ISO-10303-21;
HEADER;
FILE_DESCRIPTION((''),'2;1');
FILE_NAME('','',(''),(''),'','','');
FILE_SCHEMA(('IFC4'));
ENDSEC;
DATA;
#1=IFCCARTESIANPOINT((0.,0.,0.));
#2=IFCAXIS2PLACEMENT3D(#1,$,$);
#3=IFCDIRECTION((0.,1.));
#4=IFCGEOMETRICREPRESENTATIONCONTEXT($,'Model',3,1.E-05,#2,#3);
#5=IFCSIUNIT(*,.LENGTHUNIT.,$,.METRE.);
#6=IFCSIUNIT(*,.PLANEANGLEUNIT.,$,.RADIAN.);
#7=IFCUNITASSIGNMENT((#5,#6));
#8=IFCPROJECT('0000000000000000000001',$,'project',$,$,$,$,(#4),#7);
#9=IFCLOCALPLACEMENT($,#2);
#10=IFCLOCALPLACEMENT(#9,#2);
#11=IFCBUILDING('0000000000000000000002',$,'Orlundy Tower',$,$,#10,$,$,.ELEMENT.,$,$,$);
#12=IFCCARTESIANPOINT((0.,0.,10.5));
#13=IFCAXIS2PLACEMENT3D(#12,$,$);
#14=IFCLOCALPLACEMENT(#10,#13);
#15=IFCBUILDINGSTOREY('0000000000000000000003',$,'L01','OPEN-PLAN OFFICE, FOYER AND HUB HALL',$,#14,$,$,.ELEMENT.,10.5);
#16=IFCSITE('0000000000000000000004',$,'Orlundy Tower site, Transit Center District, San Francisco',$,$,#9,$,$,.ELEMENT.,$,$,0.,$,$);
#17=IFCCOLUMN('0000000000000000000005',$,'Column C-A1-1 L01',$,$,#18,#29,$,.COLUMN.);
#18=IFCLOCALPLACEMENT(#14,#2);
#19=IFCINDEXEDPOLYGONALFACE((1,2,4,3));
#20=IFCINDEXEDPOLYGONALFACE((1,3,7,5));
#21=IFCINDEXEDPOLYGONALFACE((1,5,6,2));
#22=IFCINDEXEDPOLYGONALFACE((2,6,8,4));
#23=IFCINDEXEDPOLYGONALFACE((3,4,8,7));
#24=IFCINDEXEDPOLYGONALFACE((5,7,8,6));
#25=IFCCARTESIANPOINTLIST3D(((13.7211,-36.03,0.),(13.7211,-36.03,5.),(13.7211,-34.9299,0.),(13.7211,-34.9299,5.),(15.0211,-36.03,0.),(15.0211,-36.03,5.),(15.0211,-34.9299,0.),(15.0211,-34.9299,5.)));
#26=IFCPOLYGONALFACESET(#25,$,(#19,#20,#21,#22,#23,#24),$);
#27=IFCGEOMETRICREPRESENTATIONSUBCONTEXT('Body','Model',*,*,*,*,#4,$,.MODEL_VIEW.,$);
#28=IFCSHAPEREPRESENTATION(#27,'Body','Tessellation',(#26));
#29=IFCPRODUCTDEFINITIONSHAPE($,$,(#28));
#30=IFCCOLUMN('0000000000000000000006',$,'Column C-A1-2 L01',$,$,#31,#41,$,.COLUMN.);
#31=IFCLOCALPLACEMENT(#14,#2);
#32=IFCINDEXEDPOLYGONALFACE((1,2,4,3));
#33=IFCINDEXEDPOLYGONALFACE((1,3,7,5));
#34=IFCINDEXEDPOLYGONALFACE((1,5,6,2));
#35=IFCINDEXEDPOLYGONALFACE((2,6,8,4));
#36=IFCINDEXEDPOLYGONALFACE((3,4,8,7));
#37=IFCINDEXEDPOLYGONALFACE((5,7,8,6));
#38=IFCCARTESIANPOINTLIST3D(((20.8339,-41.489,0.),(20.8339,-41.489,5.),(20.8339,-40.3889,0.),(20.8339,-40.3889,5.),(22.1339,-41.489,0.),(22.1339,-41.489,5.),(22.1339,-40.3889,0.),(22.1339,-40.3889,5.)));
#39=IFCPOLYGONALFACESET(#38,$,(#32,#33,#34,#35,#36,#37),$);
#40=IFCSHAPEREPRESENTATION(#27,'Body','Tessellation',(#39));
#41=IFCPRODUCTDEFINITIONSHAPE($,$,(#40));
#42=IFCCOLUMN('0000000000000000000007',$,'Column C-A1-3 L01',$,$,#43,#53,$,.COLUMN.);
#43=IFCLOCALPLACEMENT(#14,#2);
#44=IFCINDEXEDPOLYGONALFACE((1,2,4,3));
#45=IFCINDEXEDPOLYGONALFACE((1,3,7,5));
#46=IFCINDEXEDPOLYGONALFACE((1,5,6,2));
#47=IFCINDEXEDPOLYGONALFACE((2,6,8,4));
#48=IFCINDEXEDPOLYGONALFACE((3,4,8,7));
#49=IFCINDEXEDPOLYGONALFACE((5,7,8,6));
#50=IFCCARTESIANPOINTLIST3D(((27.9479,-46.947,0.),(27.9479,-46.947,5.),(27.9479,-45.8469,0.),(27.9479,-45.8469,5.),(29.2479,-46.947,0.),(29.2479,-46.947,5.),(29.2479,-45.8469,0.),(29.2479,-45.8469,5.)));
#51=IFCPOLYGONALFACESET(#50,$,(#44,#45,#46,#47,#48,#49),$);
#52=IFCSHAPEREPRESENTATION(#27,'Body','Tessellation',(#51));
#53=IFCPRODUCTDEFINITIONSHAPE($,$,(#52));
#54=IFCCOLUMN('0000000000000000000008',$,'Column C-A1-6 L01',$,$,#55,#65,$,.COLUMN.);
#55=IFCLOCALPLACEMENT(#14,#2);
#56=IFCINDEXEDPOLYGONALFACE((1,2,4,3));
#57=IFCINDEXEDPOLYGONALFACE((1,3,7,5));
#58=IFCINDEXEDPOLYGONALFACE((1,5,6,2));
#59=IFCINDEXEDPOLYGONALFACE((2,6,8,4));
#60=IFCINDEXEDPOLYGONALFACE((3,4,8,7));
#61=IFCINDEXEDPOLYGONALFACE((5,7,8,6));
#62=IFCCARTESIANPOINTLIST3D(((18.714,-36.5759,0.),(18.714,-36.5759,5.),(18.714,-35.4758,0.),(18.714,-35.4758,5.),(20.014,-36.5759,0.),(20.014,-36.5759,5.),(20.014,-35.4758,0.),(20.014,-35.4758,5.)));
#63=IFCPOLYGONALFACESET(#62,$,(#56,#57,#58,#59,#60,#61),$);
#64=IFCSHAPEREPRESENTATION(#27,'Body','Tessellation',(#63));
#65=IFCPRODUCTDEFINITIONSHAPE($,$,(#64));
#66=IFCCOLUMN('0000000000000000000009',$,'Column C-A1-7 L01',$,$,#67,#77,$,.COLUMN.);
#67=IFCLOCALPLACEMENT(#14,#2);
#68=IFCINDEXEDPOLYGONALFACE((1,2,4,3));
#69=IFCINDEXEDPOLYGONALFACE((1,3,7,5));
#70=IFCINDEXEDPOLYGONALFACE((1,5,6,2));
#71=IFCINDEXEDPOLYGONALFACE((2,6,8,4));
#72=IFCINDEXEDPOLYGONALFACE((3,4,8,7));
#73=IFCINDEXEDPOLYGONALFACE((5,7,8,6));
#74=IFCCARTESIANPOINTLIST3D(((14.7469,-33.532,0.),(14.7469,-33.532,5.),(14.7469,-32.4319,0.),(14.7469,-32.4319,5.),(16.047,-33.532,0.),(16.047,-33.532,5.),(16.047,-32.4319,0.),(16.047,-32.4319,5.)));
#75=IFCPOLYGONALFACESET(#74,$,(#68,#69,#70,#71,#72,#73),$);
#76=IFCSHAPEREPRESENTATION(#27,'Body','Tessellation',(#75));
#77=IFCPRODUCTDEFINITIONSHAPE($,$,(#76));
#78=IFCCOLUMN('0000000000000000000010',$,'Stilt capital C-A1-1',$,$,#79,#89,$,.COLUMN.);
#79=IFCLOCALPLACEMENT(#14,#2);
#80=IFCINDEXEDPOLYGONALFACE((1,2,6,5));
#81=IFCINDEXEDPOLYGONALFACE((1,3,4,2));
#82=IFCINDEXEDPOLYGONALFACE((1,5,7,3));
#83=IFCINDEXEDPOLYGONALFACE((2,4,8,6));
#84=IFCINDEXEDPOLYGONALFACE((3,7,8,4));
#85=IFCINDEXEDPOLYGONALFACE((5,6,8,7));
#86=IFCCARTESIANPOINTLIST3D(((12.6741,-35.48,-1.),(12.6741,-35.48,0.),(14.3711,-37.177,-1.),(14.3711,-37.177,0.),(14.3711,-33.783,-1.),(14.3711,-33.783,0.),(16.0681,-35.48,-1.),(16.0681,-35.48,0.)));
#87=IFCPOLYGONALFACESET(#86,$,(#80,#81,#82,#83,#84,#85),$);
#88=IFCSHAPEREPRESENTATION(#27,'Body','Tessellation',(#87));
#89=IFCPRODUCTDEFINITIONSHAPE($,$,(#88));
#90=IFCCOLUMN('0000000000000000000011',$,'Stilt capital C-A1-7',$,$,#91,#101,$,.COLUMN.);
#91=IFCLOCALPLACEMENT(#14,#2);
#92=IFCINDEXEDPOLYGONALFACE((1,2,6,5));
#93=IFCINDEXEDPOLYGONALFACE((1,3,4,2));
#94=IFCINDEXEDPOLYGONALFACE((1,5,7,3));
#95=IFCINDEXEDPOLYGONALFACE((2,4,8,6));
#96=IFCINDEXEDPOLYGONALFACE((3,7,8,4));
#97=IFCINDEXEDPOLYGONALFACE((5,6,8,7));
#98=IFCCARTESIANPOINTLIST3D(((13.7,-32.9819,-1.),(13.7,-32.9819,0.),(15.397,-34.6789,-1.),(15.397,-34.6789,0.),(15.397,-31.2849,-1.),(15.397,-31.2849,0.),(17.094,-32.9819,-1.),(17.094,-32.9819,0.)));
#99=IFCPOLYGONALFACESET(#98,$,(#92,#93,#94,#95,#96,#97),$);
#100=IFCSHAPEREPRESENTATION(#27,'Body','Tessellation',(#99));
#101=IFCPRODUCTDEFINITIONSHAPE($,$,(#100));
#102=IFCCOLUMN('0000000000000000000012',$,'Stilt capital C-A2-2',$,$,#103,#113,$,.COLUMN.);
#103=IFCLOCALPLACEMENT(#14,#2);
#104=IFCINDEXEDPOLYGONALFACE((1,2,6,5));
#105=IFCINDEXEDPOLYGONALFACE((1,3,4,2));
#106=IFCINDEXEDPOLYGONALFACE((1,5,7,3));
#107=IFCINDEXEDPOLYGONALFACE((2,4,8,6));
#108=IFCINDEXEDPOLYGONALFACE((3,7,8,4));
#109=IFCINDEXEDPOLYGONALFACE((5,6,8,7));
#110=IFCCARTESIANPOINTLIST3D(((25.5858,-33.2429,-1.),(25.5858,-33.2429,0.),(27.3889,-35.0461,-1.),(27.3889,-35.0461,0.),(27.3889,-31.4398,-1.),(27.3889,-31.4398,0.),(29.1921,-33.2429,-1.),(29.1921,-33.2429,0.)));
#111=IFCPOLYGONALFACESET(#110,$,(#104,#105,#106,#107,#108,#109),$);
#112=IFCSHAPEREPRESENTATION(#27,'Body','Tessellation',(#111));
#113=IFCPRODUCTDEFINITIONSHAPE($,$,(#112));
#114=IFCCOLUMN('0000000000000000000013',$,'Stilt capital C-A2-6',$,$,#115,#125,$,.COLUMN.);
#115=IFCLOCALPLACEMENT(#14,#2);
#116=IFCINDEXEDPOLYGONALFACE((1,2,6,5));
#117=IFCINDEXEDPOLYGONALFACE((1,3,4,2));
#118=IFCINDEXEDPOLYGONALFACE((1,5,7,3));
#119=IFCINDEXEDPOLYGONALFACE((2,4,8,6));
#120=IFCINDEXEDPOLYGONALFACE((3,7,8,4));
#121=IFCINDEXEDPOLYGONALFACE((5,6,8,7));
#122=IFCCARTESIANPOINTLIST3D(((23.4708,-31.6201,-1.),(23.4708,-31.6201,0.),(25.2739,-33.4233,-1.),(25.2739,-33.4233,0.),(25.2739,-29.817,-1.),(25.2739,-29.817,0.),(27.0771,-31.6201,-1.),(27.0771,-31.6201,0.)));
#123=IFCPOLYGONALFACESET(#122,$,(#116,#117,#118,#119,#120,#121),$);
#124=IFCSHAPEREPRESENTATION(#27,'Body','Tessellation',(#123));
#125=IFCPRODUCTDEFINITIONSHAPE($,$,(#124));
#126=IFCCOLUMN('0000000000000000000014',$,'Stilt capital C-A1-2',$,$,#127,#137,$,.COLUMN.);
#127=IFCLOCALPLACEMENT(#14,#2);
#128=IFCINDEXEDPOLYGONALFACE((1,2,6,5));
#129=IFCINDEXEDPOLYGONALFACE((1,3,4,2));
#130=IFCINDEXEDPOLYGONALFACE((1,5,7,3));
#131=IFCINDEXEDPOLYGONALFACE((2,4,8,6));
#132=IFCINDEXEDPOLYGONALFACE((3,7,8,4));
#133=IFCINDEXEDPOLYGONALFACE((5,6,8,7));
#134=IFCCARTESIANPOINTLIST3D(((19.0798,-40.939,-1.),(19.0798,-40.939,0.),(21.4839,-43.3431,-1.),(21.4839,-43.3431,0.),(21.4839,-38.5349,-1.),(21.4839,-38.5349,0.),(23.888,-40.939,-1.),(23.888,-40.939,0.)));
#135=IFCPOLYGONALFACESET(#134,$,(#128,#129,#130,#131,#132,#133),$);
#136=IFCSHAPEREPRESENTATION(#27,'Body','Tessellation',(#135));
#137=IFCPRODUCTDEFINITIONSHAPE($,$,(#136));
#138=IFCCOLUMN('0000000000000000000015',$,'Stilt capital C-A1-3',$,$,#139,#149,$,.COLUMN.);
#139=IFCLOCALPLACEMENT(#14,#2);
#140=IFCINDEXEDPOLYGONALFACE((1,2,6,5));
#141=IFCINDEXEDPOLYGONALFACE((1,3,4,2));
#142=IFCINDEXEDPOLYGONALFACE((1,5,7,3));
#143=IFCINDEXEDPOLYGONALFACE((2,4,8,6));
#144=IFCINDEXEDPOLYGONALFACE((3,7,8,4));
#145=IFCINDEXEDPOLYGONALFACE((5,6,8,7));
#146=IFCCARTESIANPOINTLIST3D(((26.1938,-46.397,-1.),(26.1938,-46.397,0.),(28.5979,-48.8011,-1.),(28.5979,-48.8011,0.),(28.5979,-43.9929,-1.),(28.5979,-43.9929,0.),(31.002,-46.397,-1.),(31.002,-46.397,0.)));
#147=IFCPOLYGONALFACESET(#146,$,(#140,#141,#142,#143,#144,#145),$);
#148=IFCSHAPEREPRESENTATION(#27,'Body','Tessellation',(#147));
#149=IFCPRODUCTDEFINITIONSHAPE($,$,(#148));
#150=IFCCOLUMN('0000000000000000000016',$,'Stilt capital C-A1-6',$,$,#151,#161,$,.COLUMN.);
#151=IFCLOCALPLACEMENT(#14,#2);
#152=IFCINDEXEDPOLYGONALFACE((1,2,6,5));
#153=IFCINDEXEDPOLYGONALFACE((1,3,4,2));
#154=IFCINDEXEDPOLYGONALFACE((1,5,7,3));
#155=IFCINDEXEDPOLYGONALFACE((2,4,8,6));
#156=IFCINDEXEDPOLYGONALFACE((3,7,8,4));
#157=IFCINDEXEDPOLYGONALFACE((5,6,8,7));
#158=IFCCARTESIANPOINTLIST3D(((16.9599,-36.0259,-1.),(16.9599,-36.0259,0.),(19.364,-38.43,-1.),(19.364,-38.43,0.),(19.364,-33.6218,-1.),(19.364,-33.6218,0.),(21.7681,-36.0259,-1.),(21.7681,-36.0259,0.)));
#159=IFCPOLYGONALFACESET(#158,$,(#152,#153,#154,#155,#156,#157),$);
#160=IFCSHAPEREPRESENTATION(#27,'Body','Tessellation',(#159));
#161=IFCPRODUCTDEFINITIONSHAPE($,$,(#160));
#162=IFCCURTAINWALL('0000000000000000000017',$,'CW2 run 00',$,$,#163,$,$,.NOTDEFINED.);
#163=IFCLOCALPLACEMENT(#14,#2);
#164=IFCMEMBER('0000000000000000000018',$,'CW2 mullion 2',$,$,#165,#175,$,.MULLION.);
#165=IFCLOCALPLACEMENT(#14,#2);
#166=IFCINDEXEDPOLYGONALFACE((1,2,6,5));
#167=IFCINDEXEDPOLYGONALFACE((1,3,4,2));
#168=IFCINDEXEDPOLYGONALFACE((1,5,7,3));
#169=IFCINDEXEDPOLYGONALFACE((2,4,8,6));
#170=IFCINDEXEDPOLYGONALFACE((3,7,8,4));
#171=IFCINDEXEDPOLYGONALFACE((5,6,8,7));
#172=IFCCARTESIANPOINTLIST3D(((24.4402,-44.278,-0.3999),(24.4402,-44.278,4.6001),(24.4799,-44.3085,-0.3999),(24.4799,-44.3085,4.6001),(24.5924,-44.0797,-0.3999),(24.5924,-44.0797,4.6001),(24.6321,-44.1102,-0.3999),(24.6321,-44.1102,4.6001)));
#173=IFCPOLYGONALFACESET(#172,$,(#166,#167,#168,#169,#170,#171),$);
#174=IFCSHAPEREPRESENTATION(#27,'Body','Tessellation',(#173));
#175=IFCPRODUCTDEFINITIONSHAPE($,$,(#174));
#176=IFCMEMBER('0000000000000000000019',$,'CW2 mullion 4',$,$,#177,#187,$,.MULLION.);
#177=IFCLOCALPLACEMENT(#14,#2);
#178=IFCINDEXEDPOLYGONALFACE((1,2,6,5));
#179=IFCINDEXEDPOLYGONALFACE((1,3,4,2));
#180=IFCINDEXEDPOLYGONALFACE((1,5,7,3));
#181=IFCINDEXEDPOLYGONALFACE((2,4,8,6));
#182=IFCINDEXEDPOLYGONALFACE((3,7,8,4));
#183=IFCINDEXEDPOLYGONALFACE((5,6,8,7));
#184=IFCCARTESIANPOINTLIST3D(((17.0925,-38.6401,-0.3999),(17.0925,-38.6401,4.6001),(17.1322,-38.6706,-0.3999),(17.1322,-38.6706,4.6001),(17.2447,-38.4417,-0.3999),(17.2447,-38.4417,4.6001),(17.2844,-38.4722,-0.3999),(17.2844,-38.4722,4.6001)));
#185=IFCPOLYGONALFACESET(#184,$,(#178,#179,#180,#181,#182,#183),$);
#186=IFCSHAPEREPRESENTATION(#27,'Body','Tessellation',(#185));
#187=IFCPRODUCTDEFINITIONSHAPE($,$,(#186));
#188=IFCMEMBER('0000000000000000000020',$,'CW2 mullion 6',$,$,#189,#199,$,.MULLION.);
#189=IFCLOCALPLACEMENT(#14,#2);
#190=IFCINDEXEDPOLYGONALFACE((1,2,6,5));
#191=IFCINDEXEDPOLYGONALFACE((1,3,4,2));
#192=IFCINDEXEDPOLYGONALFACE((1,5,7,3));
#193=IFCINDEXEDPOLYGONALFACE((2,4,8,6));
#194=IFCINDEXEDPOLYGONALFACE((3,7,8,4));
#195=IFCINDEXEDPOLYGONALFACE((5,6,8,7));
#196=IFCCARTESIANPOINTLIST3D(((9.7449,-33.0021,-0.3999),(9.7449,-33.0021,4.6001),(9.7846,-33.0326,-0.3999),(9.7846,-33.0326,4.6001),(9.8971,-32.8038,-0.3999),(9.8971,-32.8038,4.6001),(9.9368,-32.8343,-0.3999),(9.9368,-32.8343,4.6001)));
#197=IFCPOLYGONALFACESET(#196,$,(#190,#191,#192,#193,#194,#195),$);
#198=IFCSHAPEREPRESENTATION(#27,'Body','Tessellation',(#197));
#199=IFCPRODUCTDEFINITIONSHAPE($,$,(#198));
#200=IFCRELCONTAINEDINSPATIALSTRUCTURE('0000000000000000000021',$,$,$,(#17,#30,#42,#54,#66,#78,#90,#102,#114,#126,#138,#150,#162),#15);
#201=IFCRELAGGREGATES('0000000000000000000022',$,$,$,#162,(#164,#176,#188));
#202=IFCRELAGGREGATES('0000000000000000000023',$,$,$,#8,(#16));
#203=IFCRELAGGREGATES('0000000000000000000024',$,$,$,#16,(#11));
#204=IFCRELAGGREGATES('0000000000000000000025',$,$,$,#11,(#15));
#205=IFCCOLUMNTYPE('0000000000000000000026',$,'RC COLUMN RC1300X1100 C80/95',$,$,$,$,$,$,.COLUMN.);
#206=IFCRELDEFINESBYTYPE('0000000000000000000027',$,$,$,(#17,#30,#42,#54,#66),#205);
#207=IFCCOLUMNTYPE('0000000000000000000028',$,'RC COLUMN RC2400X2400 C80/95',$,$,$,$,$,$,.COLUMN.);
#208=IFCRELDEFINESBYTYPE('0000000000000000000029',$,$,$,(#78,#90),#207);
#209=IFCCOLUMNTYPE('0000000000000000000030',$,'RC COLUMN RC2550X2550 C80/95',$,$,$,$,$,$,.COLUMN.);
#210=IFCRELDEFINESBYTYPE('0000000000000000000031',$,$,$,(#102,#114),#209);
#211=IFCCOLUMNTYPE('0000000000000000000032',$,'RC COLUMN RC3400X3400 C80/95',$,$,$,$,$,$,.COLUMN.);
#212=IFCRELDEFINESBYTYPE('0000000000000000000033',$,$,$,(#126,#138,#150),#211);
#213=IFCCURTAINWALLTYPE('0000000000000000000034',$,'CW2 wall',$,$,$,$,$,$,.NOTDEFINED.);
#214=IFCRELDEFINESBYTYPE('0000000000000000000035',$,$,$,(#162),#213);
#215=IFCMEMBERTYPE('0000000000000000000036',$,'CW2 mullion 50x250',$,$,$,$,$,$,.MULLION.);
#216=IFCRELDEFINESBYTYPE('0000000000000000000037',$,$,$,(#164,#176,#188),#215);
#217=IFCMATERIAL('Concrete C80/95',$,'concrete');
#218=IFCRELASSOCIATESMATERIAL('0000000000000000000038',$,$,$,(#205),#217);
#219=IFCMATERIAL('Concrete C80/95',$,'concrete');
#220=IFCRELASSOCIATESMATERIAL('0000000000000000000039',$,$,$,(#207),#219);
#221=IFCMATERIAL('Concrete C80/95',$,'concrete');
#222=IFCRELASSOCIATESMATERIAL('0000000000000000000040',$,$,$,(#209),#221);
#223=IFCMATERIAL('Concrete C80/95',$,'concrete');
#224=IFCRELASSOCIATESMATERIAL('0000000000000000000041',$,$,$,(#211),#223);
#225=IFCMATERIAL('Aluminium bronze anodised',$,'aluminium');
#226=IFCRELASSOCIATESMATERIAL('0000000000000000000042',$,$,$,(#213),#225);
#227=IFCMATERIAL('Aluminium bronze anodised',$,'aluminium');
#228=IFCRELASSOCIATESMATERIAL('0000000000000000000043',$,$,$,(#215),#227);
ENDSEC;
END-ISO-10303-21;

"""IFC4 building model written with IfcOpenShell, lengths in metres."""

from ifc_helpers import new_model, si_unit, direction, frame, origin, origin_2d, place, context, subcontext, project, spatial, rectangle, extrude, material, material_profile, profile_set, type_object, element, aggregate, save


model = new_model("IFC4")

# Units and contexts
model_context = context("Model", 3, precision=1e-05, world=origin(), true_north=direction((0.0, 1.0)))
body_context = subcontext(model_context, "Body", "Model", "MODEL_VIEW")
ifc_project = project(units=[si_unit("LENGTHUNIT", "METRE"), si_unit("PLANEANGLEUNIT", "RADIAN")], contexts=[model_context])

# Site, building, storey
site_placement = place(None, origin())
site = spatial("IfcSite", under=ifc_project, at=site_placement, Name="Orlundy Tower site, Transit Center District, San Francisco", CompositionType="ELEMENT", RefElevation=0.0)
building_placement = place(site_placement, origin())
building = spatial("IfcBuilding", under=site, at=building_placement, Name="Orlundy Tower", CompositionType="ELEMENT")
storey_placement = place(building_placement, frame((0.0, 0.0, 10.5)))
storey = spatial("IfcBuildingStorey", under=building, at=storey_placement, Name="L01", Description="OPEN-PLAN OFFICE, FOYER AND HUB HALL", CompositionType="ELEMENT", Elevation=10.5)

# Columns
ifc_material_1 = material(Name="Concrete C80/95", Category="concrete")
ifc_material_profile_1 = material_profile(ifc_material_1, rectangle(XDim=1.3, YDim=1.1001, at=origin_2d()), Name="RC1300X1100")
ifc_profile_set_1 = profile_set([ifc_material_profile_1], Name="Concrete C80/95")
column_type_1 = type_object("IfcColumnType", Name="RC COLUMN RC1300X1100 C80/95", PredefinedType="COLUMN", material=ifc_profile_set_1)
for number, where, z_axis, x_axis, name in (
    (1, (14.3711, -35.48, 0.0), (0.0, 0.0, 1.0), (1.0, 0.0, 0.0), "Column C-A1-1 L01"),
    (2, (21.4839, -40.939, 0.0), (0.0, 0.0, 1.0), (1.0, 0.0, 0.0), "Column C-A1-2 L01"),
    (3, (28.5979, -46.397, 0.0), (0.0, 0.0, 1.0), (1.0, 0.0, 0.0), "Column C-A1-3 L01"),
    (4, (19.364, -36.0259, 0.0), (0.0, 0.0, 1.0), (1.0, 0.0, 0.0), "Column C-A1-6 L01"),
    (5, (15.397, -32.9819, 0.0), (0.0, 0.0, 1.0), (1.0, 0.0, 0.0), "Column C-A1-7 L01"),
):
    element("IfcColumn", number, at=place(storey_placement, frame(where, z_axis=z_axis, x_axis=x_axis)), inside=storey, type_object=column_type_1, Name=name, PredefinedType="COLUMN", context=body_context, shape_type="SweptSolid", body=[
        extrude(rectangle(XDim=1.3, YDim=1.1001, at=origin_2d()), origin(), (0.0, 0.0, 1.0), 5.0),
    ])
ifc_material_2 = material(Name="Concrete C80/95", Category="concrete")
ifc_material_profile_2 = material_profile(ifc_material_2, rectangle(XDim=2.3999, YDim=2.3999, at=origin_2d()), Name="RC2400X2400")
ifc_profile_set_2 = profile_set([ifc_material_profile_2], Name="Concrete C80/95")
column_type_2 = type_object("IfcColumnType", Name="RC COLUMN RC2400X2400 C80/95", PredefinedType="COLUMN", material=ifc_profile_set_2)
for number, where, z_axis, x_axis, name in (
    (6, (14.3711, -35.48, -1.0), (0.0, 0.0, 1.0), (0.707107, 0.707107, 0.0), "Stilt capital C-A1-1"),
    (7, (15.397, -32.9819, -1.0), (0.0, 0.0, 1.0), (0.707107, 0.707107, 0.0), "Stilt capital C-A1-7"),
):
    element("IfcColumn", number, at=place(storey_placement, frame(where, z_axis=z_axis, x_axis=x_axis)), inside=storey, type_object=column_type_2, Name=name, PredefinedType="COLUMN", context=body_context, shape_type="SweptSolid", body=[
        extrude(rectangle(XDim=2.3999, YDim=2.3999, at=origin_2d()), origin(), (0.0, 0.0, 1.0), 1.0),
    ])
ifc_material_3 = material(Name="Concrete C80/95", Category="concrete")
ifc_material_profile_3 = material_profile(ifc_material_3, rectangle(XDim=2.55, YDim=2.55, at=origin_2d()), Name="RC2550X2550")
ifc_profile_set_3 = profile_set([ifc_material_profile_3], Name="Concrete C80/95")
column_type_3 = type_object("IfcColumnType", Name="RC COLUMN RC2550X2550 C80/95", PredefinedType="COLUMN", material=ifc_profile_set_3)
for number, where, z_axis, x_axis, name in (
    (8, (27.3889, -33.2429, -1.0), (0.0, 0.0, 1.0), (0.707107, 0.707107, 0.0), "Stilt capital C-A2-2"),
    (9, (25.2739, -31.6201, -1.0), (0.0, 0.0, 1.0), (0.707107, 0.707107, 0.0), "Stilt capital C-A2-6"),
):
    element("IfcColumn", number, at=place(storey_placement, frame(where, z_axis=z_axis, x_axis=x_axis)), inside=storey, type_object=column_type_3, Name=name, PredefinedType="COLUMN", context=body_context, shape_type="SweptSolid", body=[
        extrude(rectangle(XDim=2.55, YDim=2.55, at=origin_2d()), origin(), (0.0, 0.0, 1.0), 1.0),
    ])
ifc_material_4 = material(Name="Concrete C80/95", Category="concrete")
ifc_material_profile_4 = material_profile(ifc_material_4, rectangle(XDim=3.3999, YDim=3.3999, at=origin_2d()), Name="RC3400X3400")
ifc_profile_set_4 = profile_set([ifc_material_profile_4], Name="Concrete C80/95")
column_type_4 = type_object("IfcColumnType", Name="RC COLUMN RC3400X3400 C80/95", PredefinedType="COLUMN", material=ifc_profile_set_4)
for number, where, z_axis, x_axis, name in (
    (10, (21.4839, -40.939, -1.0), (0.0, 0.0, 1.0), (0.707107, 0.707107, 0.0), "Stilt capital C-A1-2"),
    (11, (28.5979, -46.397, -1.0), (0.0, 0.0, 1.0), (0.707107, 0.707107, 0.0), "Stilt capital C-A1-3"),
    (12, (19.364, -36.0259, -1.0), (0.0, 0.0, 1.0), (0.707107, 0.707107, 0.0), "Stilt capital C-A1-6"),
):
    element("IfcColumn", number, at=place(storey_placement, frame(where, z_axis=z_axis, x_axis=x_axis)), inside=storey, type_object=column_type_4, Name=name, PredefinedType="COLUMN", context=body_context, shape_type="SweptSolid", body=[
        extrude(rectangle(XDim=3.3999, YDim=3.3999, at=origin_2d()), origin(), (0.0, 0.0, 1.0), 1.0),
    ])

# Curtain wall, members
ifc_material_5 = material(Name="Aluminium bronze anodised", Category="aluminium")
curtain_wall_type = type_object("IfcCurtainWallType", Name="CW2 wall", PredefinedType="NOTDEFINED", material=ifc_material_5)
curtain_wall_1_placement = place(storey_placement, origin())
curtain_wall_1 = element("IfcCurtainWall", 13, at=curtain_wall_1_placement, inside=storey, type_object=curtain_wall_type, Name="CW2 run 00", PredefinedType="NOTDEFINED")
ifc_material_6 = material(Name="Aluminium bronze anodised", Category="aluminium")
ifc_material_profile_5 = material_profile(ifc_material_6, rectangle(XDim=0.25, YDim=0.05, at=origin_2d()), Name="CW2 mullion 50x250")
ifc_profile_set_5 = profile_set([ifc_material_profile_5], Name="Aluminium bronze anodised")
member_type_1 = type_object("IfcMemberType", Name="CW2 mullion 50x250", PredefinedType="MULLION", material=ifc_profile_set_5)
member_1_placement = place(storey_placement, frame((24.5361, -44.1941, -0.3999), z_axis=(0.0, 0.0, 1.0), x_axis=(-0.608757, -0.793357, 0.0)))
member_1 = element("IfcMember", 14, at=member_1_placement, type_object=member_type_1, Name="CW2 mullion 2", PredefinedType="MULLION", context=body_context, shape_type="SweptSolid", body=[
    extrude(rectangle(XDim=0.25, YDim=0.05, at=origin_2d()), origin(), (0.0, 0.0, 1.0), 5.0),
])
member_2_placement = place(storey_placement, frame((17.1885, -38.5562, -0.3999), z_axis=(0.0, 0.0, 1.0), x_axis=(-0.608757, -0.793357, 0.0)))
member_2 = element("IfcMember", 15, at=member_2_placement, type_object=member_type_1, Name="CW2 mullion 4", PredefinedType="MULLION", context=body_context, shape_type="SweptSolid", body=[
    extrude(rectangle(XDim=0.25, YDim=0.05, at=origin_2d()), origin(), (0.0, 0.0, 1.0), 5.0),
])
member_3_placement = place(storey_placement, frame((9.8408, -32.9182, -0.3999), z_axis=(0.0, 0.0, 1.0), x_axis=(-0.608757, -0.793357, 0.0)))
member_3 = element("IfcMember", 16, at=member_3_placement, type_object=member_type_1, Name="CW2 mullion 6", PredefinedType="MULLION", context=body_context, shape_type="SweptSolid", body=[
    extrude(rectangle(XDim=0.25, YDim=0.05, at=origin_2d()), origin(), (0.0, 0.0, 1.0), 5.0),
])
aggregate(curtain_wall_1, [member_1, member_2, member_3])

save(model, "model.ifc")
